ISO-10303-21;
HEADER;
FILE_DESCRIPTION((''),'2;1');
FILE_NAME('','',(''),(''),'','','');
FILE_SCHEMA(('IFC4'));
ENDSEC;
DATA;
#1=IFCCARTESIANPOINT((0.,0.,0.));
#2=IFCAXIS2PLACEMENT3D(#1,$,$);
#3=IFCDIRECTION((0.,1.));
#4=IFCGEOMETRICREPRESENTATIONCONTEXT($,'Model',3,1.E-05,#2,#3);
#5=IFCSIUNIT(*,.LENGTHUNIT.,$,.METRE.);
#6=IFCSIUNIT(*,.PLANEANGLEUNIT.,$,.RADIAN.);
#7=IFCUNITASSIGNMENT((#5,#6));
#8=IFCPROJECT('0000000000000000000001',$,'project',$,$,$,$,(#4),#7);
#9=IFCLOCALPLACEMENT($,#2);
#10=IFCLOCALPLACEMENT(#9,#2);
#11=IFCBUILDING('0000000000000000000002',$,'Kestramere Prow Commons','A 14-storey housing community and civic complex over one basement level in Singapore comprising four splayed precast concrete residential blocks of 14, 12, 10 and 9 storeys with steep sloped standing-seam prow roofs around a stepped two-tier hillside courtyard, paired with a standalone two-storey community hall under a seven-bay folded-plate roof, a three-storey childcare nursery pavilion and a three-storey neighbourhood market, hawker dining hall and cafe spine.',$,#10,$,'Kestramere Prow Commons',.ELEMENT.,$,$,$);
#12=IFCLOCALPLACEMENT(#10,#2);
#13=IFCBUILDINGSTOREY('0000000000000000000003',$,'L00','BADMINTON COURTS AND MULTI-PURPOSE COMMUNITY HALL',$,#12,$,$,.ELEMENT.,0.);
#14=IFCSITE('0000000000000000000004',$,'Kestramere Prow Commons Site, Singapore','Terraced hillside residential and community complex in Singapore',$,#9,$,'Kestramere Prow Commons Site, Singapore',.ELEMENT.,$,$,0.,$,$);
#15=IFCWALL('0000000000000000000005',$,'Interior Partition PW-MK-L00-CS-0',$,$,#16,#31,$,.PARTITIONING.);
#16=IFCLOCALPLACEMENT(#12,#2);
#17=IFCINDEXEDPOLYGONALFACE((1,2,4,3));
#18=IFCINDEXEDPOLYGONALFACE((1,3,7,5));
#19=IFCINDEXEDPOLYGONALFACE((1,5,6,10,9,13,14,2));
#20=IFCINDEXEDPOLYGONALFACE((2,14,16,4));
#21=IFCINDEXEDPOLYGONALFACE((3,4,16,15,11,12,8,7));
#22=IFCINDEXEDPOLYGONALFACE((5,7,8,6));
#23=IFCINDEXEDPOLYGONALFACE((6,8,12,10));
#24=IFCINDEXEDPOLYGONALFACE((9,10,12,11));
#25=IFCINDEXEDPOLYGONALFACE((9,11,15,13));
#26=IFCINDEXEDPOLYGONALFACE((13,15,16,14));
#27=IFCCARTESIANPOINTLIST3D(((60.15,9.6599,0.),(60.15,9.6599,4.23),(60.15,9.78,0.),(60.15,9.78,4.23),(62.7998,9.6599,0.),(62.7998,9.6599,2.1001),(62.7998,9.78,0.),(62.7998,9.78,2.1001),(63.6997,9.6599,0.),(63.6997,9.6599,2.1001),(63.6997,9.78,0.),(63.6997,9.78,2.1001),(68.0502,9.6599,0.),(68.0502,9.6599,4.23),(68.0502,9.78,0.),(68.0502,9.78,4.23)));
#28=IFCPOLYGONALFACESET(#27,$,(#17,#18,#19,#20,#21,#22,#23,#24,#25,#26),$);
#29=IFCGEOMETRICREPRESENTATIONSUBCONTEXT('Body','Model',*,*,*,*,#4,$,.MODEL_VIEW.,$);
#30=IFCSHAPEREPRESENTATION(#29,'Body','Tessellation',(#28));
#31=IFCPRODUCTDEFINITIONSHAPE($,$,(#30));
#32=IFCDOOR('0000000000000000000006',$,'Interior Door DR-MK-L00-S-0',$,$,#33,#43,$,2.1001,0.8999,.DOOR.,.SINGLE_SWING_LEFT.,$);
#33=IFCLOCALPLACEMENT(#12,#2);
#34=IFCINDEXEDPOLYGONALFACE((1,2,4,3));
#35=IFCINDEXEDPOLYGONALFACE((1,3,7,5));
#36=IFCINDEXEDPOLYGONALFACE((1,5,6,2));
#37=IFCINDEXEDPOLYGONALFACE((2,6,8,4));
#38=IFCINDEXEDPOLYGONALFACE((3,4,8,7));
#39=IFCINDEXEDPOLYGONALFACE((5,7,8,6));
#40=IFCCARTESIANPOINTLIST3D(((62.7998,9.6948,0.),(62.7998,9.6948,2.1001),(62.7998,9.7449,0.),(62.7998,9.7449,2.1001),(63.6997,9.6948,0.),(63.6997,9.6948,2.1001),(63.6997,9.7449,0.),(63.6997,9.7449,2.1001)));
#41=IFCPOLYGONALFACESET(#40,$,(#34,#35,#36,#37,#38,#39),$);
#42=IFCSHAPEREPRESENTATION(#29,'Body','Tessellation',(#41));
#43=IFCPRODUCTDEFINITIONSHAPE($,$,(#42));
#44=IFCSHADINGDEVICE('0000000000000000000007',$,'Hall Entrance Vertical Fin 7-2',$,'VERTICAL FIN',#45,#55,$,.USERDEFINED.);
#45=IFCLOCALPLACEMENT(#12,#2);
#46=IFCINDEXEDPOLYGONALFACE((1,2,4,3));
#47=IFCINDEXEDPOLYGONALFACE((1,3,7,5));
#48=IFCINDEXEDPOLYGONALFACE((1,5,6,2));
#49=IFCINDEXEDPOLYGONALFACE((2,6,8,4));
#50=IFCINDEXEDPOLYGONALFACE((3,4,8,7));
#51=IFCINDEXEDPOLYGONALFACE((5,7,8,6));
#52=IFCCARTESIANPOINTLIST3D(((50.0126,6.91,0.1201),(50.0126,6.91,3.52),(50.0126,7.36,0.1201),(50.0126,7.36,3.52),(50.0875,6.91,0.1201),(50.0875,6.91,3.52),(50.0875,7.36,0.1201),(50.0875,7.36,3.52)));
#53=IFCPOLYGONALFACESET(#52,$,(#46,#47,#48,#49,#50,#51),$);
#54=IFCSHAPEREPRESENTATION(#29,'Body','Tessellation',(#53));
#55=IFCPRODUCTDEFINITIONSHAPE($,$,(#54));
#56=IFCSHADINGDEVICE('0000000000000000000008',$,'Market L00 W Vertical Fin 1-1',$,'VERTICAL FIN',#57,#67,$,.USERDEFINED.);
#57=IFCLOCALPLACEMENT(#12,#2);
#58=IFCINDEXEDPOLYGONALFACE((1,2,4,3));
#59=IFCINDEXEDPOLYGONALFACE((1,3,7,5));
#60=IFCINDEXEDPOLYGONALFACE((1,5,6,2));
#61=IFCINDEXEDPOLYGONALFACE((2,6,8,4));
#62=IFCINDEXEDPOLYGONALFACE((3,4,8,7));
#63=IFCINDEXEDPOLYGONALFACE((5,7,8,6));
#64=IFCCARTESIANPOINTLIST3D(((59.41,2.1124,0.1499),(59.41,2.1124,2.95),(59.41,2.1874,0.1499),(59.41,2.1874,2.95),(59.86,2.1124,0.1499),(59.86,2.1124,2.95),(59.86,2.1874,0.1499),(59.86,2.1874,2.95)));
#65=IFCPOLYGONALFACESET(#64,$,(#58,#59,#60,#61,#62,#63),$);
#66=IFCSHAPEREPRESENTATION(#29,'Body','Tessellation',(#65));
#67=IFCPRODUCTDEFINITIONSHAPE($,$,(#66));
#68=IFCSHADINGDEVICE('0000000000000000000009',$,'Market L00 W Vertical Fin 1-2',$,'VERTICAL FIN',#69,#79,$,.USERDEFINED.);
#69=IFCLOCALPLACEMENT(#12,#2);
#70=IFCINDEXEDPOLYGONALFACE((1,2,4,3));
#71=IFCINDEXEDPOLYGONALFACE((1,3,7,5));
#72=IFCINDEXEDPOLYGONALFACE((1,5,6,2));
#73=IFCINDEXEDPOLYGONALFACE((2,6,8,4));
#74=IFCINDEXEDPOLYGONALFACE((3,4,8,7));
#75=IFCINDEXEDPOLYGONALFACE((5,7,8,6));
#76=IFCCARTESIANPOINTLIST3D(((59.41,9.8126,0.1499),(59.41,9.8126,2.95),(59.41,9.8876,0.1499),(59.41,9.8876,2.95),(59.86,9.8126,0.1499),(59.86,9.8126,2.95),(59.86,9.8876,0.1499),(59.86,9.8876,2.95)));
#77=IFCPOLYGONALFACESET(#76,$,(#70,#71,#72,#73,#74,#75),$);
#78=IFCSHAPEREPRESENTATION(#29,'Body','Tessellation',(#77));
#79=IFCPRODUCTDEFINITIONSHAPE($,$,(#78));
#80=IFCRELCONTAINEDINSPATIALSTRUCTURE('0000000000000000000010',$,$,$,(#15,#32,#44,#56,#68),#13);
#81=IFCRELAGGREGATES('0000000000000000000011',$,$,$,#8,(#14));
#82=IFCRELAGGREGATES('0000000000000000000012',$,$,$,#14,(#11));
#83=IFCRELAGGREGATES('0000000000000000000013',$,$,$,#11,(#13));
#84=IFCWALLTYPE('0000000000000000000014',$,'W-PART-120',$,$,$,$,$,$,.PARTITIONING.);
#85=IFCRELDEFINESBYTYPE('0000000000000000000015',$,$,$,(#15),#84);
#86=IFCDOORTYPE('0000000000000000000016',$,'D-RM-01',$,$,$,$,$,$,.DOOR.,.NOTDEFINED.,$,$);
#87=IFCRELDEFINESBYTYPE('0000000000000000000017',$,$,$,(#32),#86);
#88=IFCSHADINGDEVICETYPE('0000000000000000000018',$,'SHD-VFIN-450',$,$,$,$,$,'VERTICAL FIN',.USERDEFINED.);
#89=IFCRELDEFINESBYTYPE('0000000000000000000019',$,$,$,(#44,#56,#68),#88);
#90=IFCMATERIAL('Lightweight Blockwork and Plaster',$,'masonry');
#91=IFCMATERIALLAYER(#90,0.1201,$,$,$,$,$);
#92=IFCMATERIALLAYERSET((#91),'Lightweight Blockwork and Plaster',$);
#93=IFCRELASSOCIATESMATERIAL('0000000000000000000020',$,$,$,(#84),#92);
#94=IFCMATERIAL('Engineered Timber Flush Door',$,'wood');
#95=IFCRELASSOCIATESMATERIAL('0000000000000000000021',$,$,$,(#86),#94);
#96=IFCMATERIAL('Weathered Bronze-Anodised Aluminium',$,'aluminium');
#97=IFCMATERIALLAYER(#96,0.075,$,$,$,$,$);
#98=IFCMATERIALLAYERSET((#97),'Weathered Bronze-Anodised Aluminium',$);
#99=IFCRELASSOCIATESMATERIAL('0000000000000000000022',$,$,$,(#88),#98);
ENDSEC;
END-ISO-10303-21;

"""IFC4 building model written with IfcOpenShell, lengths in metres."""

from ifc_helpers import new_model, si_unit, direction, frame, frame_2d, origin, origin_2d, place, context, subcontext, project, spatial, rectangle, extrude, material, layer, layer_set, type_object, element, fill, save


model = new_model("IFC4")

# Units and contexts
model_context = context("Model", 3, precision=1e-05, world=origin(), true_north=direction((0.0, 1.0)))
body_context = subcontext(model_context, "Body", "Model", "MODEL_VIEW")
ifc_project = project(units=[si_unit("LENGTHUNIT", "METRE"), si_unit("PLANEANGLEUNIT", "RADIAN")], contexts=[model_context])

# Site, building, storey
site_placement = place(None, origin())
site = spatial("IfcSite", under=ifc_project, at=site_placement, Name="Kestramere Prow Commons Site, Singapore", Description="Terraced hillside residential and community complex in Singapore", LongName="Kestramere Prow Commons Site, Singapore", CompositionType="ELEMENT", RefElevation=0.0)
building_placement = place(site_placement, origin())
building = spatial("IfcBuilding", under=site, at=building_placement, Name="Kestramere Prow Commons", Description="A 14-storey housing community and civic complex over one basement level in Singapore comprising four splayed precast concrete residential blocks of 14, 12, 10 and 9 storeys with steep sloped standing-seam prow roofs around a stepped two-tier hillside courtyard, paired with a standalone two-storey community hall under a seven-bay folded-plate roof, a three-storey childcare nursery pavilion and a three-storey neighbourhood market, hawker dining hall and cafe spine.", LongName="Kestramere Prow Commons", CompositionType="ELEMENT")
storey_placement = place(building_placement, origin())
storey = spatial("IfcBuildingStorey", under=building, at=storey_placement, Name="L00", Description="BADMINTON COURTS AND MULTI-PURPOSE COMMUNITY HALL", CompositionType="ELEMENT", Elevation=0.0)

# Wall, opening, door
ifc_material_1 = material(Name="Lightweight Blockwork and Plaster", Category="masonry")
ifc_layer_1 = layer(ifc_material_1, 0.1201)
ifc_layer_set_1 = layer_set([ifc_layer_1], Name="Lightweight Blockwork and Plaster")
wall_type_1 = type_object("IfcWallType", Name="W-PART-120", PredefinedType="PARTITIONING", material=ifc_layer_set_1)
wall_1_placement = place(storey_placement, frame((60.1499, 9.72, 0.0), z_axis=(0.0, 0.0, 1.0), x_axis=(1.0, 0.0, 0.0)))
wall_1 = element("IfcWall", 1, at=wall_1_placement, inside=storey, type_object=wall_type_1, Name="Interior Partition PW-MK-L00-CS-0", PredefinedType="PARTITIONING", context=body_context, shape_type="SweptSolid", body=[
    extrude(rectangle(XDim=7.9001, YDim=0.1201, at=frame_2d((3.9502, 0.0))), origin(), (0.0, 0.0, 1.0), 4.23),
])
opening_1_placement = place(wall_1_placement, frame((2.6499, 0.0, 0.0)))
opening_1 = element("IfcOpeningElement", 2, at=opening_1_placement, cuts=wall_1, PredefinedType="OPENING", context=body_context, shape_type="SweptSolid", body=[
    extrude(rectangle(XDim=0.8999, YDim=2.1001, at=frame_2d((0.45, 1.05))), frame((0.0, 0.075, 0.0), z_axis=(0.0, -1.0, 0.0), x_axis=(1.0, 0.0, 0.0)), (0.0, 0.0, 1.0), 0.1501),
])
ifc_material_2 = material(Name="Engineered Timber Flush Door", Category="wood")
door_type_1 = type_object("IfcDoorType", Name="D-RM-01", OperationType="NOTDEFINED", PredefinedType="DOOR", material=ifc_material_2)
door_1_placement = place(opening_1_placement, origin())
door_1 = element("IfcDoor", 3, at=door_1_placement, inside=storey, type_object=door_type_1, Name="Interior Door DR-MK-L00-S-0", OperationType="SINGLE_SWING_LEFT", OverallHeight=2.1001, OverallWidth=0.8999, PredefinedType="DOOR", context=body_context, shape_type="SweptSolid", body=[
    extrude(rectangle(XDim=0.8999, YDim=2.1001, at=frame_2d((0.45, 1.05))), frame((0.0, 0.0249, 0.0), z_axis=(0.0, -1.0, 0.0), x_axis=(1.0, 0.0, 0.0)), (0.0, 0.0, 1.0), 0.05),
])
fill(opening_1, door_1)

# Shading devices
ifc_material_3 = material(Name="Weathered Bronze-Anodised Aluminium", Category="aluminium")
ifc_layer_2 = layer(ifc_material_3, 0.075)
ifc_layer_set_2 = layer_set([ifc_layer_2], Name="Weathered Bronze-Anodised Aluminium")
shading_device_type = type_object("IfcShadingDeviceType", Name="SHD-VFIN-450", ElementType="VERTICAL FIN", PredefinedType="USERDEFINED", material=ifc_layer_set_2)
shading_device_placement = place(storey_placement, frame((50.05, 7.135, 0.1201), z_axis=(0.0, 0.0, 1.0), x_axis=(1.0, 0.0, 0.0)))
element("IfcShadingDevice", 4, at=shading_device_placement, inside=storey, type_object=shading_device_type, Name="Hall Entrance Vertical Fin 7-2", ObjectType="VERTICAL FIN", PredefinedType="USERDEFINED", context=body_context, shape_type="SweptSolid", body=[
    extrude(rectangle(XDim=0.075, YDim=0.45, at=origin_2d()), origin(), (0.0, 0.0, 1.0), 3.3999),
])
for number, where, z_axis, x_axis, name in (
    (5, (59.635, 2.1499, 0.1499), (0.0, 0.0, 1.0), (1.0, 0.0, 0.0), "Market L00 W Vertical Fin 1-1"),
    (6, (59.635, 9.8501, 0.1499), (0.0, 0.0, 1.0), (1.0, 0.0, 0.0), "Market L00 W Vertical Fin 1-2"),
):
    element("IfcShadingDevice", number, at=place(storey_placement, frame(where, z_axis=z_axis, x_axis=x_axis)), inside=storey, type_object=shading_device_type, Name=name, ObjectType="VERTICAL FIN", PredefinedType="USERDEFINED", context=body_context, shape_type="SweptSolid", body=[
        extrude(rectangle(XDim=0.45, YDim=0.075, at=origin_2d()), origin(), (0.0, 0.0, 1.0), 2.8),
    ])

save(model, "model.ifc")
